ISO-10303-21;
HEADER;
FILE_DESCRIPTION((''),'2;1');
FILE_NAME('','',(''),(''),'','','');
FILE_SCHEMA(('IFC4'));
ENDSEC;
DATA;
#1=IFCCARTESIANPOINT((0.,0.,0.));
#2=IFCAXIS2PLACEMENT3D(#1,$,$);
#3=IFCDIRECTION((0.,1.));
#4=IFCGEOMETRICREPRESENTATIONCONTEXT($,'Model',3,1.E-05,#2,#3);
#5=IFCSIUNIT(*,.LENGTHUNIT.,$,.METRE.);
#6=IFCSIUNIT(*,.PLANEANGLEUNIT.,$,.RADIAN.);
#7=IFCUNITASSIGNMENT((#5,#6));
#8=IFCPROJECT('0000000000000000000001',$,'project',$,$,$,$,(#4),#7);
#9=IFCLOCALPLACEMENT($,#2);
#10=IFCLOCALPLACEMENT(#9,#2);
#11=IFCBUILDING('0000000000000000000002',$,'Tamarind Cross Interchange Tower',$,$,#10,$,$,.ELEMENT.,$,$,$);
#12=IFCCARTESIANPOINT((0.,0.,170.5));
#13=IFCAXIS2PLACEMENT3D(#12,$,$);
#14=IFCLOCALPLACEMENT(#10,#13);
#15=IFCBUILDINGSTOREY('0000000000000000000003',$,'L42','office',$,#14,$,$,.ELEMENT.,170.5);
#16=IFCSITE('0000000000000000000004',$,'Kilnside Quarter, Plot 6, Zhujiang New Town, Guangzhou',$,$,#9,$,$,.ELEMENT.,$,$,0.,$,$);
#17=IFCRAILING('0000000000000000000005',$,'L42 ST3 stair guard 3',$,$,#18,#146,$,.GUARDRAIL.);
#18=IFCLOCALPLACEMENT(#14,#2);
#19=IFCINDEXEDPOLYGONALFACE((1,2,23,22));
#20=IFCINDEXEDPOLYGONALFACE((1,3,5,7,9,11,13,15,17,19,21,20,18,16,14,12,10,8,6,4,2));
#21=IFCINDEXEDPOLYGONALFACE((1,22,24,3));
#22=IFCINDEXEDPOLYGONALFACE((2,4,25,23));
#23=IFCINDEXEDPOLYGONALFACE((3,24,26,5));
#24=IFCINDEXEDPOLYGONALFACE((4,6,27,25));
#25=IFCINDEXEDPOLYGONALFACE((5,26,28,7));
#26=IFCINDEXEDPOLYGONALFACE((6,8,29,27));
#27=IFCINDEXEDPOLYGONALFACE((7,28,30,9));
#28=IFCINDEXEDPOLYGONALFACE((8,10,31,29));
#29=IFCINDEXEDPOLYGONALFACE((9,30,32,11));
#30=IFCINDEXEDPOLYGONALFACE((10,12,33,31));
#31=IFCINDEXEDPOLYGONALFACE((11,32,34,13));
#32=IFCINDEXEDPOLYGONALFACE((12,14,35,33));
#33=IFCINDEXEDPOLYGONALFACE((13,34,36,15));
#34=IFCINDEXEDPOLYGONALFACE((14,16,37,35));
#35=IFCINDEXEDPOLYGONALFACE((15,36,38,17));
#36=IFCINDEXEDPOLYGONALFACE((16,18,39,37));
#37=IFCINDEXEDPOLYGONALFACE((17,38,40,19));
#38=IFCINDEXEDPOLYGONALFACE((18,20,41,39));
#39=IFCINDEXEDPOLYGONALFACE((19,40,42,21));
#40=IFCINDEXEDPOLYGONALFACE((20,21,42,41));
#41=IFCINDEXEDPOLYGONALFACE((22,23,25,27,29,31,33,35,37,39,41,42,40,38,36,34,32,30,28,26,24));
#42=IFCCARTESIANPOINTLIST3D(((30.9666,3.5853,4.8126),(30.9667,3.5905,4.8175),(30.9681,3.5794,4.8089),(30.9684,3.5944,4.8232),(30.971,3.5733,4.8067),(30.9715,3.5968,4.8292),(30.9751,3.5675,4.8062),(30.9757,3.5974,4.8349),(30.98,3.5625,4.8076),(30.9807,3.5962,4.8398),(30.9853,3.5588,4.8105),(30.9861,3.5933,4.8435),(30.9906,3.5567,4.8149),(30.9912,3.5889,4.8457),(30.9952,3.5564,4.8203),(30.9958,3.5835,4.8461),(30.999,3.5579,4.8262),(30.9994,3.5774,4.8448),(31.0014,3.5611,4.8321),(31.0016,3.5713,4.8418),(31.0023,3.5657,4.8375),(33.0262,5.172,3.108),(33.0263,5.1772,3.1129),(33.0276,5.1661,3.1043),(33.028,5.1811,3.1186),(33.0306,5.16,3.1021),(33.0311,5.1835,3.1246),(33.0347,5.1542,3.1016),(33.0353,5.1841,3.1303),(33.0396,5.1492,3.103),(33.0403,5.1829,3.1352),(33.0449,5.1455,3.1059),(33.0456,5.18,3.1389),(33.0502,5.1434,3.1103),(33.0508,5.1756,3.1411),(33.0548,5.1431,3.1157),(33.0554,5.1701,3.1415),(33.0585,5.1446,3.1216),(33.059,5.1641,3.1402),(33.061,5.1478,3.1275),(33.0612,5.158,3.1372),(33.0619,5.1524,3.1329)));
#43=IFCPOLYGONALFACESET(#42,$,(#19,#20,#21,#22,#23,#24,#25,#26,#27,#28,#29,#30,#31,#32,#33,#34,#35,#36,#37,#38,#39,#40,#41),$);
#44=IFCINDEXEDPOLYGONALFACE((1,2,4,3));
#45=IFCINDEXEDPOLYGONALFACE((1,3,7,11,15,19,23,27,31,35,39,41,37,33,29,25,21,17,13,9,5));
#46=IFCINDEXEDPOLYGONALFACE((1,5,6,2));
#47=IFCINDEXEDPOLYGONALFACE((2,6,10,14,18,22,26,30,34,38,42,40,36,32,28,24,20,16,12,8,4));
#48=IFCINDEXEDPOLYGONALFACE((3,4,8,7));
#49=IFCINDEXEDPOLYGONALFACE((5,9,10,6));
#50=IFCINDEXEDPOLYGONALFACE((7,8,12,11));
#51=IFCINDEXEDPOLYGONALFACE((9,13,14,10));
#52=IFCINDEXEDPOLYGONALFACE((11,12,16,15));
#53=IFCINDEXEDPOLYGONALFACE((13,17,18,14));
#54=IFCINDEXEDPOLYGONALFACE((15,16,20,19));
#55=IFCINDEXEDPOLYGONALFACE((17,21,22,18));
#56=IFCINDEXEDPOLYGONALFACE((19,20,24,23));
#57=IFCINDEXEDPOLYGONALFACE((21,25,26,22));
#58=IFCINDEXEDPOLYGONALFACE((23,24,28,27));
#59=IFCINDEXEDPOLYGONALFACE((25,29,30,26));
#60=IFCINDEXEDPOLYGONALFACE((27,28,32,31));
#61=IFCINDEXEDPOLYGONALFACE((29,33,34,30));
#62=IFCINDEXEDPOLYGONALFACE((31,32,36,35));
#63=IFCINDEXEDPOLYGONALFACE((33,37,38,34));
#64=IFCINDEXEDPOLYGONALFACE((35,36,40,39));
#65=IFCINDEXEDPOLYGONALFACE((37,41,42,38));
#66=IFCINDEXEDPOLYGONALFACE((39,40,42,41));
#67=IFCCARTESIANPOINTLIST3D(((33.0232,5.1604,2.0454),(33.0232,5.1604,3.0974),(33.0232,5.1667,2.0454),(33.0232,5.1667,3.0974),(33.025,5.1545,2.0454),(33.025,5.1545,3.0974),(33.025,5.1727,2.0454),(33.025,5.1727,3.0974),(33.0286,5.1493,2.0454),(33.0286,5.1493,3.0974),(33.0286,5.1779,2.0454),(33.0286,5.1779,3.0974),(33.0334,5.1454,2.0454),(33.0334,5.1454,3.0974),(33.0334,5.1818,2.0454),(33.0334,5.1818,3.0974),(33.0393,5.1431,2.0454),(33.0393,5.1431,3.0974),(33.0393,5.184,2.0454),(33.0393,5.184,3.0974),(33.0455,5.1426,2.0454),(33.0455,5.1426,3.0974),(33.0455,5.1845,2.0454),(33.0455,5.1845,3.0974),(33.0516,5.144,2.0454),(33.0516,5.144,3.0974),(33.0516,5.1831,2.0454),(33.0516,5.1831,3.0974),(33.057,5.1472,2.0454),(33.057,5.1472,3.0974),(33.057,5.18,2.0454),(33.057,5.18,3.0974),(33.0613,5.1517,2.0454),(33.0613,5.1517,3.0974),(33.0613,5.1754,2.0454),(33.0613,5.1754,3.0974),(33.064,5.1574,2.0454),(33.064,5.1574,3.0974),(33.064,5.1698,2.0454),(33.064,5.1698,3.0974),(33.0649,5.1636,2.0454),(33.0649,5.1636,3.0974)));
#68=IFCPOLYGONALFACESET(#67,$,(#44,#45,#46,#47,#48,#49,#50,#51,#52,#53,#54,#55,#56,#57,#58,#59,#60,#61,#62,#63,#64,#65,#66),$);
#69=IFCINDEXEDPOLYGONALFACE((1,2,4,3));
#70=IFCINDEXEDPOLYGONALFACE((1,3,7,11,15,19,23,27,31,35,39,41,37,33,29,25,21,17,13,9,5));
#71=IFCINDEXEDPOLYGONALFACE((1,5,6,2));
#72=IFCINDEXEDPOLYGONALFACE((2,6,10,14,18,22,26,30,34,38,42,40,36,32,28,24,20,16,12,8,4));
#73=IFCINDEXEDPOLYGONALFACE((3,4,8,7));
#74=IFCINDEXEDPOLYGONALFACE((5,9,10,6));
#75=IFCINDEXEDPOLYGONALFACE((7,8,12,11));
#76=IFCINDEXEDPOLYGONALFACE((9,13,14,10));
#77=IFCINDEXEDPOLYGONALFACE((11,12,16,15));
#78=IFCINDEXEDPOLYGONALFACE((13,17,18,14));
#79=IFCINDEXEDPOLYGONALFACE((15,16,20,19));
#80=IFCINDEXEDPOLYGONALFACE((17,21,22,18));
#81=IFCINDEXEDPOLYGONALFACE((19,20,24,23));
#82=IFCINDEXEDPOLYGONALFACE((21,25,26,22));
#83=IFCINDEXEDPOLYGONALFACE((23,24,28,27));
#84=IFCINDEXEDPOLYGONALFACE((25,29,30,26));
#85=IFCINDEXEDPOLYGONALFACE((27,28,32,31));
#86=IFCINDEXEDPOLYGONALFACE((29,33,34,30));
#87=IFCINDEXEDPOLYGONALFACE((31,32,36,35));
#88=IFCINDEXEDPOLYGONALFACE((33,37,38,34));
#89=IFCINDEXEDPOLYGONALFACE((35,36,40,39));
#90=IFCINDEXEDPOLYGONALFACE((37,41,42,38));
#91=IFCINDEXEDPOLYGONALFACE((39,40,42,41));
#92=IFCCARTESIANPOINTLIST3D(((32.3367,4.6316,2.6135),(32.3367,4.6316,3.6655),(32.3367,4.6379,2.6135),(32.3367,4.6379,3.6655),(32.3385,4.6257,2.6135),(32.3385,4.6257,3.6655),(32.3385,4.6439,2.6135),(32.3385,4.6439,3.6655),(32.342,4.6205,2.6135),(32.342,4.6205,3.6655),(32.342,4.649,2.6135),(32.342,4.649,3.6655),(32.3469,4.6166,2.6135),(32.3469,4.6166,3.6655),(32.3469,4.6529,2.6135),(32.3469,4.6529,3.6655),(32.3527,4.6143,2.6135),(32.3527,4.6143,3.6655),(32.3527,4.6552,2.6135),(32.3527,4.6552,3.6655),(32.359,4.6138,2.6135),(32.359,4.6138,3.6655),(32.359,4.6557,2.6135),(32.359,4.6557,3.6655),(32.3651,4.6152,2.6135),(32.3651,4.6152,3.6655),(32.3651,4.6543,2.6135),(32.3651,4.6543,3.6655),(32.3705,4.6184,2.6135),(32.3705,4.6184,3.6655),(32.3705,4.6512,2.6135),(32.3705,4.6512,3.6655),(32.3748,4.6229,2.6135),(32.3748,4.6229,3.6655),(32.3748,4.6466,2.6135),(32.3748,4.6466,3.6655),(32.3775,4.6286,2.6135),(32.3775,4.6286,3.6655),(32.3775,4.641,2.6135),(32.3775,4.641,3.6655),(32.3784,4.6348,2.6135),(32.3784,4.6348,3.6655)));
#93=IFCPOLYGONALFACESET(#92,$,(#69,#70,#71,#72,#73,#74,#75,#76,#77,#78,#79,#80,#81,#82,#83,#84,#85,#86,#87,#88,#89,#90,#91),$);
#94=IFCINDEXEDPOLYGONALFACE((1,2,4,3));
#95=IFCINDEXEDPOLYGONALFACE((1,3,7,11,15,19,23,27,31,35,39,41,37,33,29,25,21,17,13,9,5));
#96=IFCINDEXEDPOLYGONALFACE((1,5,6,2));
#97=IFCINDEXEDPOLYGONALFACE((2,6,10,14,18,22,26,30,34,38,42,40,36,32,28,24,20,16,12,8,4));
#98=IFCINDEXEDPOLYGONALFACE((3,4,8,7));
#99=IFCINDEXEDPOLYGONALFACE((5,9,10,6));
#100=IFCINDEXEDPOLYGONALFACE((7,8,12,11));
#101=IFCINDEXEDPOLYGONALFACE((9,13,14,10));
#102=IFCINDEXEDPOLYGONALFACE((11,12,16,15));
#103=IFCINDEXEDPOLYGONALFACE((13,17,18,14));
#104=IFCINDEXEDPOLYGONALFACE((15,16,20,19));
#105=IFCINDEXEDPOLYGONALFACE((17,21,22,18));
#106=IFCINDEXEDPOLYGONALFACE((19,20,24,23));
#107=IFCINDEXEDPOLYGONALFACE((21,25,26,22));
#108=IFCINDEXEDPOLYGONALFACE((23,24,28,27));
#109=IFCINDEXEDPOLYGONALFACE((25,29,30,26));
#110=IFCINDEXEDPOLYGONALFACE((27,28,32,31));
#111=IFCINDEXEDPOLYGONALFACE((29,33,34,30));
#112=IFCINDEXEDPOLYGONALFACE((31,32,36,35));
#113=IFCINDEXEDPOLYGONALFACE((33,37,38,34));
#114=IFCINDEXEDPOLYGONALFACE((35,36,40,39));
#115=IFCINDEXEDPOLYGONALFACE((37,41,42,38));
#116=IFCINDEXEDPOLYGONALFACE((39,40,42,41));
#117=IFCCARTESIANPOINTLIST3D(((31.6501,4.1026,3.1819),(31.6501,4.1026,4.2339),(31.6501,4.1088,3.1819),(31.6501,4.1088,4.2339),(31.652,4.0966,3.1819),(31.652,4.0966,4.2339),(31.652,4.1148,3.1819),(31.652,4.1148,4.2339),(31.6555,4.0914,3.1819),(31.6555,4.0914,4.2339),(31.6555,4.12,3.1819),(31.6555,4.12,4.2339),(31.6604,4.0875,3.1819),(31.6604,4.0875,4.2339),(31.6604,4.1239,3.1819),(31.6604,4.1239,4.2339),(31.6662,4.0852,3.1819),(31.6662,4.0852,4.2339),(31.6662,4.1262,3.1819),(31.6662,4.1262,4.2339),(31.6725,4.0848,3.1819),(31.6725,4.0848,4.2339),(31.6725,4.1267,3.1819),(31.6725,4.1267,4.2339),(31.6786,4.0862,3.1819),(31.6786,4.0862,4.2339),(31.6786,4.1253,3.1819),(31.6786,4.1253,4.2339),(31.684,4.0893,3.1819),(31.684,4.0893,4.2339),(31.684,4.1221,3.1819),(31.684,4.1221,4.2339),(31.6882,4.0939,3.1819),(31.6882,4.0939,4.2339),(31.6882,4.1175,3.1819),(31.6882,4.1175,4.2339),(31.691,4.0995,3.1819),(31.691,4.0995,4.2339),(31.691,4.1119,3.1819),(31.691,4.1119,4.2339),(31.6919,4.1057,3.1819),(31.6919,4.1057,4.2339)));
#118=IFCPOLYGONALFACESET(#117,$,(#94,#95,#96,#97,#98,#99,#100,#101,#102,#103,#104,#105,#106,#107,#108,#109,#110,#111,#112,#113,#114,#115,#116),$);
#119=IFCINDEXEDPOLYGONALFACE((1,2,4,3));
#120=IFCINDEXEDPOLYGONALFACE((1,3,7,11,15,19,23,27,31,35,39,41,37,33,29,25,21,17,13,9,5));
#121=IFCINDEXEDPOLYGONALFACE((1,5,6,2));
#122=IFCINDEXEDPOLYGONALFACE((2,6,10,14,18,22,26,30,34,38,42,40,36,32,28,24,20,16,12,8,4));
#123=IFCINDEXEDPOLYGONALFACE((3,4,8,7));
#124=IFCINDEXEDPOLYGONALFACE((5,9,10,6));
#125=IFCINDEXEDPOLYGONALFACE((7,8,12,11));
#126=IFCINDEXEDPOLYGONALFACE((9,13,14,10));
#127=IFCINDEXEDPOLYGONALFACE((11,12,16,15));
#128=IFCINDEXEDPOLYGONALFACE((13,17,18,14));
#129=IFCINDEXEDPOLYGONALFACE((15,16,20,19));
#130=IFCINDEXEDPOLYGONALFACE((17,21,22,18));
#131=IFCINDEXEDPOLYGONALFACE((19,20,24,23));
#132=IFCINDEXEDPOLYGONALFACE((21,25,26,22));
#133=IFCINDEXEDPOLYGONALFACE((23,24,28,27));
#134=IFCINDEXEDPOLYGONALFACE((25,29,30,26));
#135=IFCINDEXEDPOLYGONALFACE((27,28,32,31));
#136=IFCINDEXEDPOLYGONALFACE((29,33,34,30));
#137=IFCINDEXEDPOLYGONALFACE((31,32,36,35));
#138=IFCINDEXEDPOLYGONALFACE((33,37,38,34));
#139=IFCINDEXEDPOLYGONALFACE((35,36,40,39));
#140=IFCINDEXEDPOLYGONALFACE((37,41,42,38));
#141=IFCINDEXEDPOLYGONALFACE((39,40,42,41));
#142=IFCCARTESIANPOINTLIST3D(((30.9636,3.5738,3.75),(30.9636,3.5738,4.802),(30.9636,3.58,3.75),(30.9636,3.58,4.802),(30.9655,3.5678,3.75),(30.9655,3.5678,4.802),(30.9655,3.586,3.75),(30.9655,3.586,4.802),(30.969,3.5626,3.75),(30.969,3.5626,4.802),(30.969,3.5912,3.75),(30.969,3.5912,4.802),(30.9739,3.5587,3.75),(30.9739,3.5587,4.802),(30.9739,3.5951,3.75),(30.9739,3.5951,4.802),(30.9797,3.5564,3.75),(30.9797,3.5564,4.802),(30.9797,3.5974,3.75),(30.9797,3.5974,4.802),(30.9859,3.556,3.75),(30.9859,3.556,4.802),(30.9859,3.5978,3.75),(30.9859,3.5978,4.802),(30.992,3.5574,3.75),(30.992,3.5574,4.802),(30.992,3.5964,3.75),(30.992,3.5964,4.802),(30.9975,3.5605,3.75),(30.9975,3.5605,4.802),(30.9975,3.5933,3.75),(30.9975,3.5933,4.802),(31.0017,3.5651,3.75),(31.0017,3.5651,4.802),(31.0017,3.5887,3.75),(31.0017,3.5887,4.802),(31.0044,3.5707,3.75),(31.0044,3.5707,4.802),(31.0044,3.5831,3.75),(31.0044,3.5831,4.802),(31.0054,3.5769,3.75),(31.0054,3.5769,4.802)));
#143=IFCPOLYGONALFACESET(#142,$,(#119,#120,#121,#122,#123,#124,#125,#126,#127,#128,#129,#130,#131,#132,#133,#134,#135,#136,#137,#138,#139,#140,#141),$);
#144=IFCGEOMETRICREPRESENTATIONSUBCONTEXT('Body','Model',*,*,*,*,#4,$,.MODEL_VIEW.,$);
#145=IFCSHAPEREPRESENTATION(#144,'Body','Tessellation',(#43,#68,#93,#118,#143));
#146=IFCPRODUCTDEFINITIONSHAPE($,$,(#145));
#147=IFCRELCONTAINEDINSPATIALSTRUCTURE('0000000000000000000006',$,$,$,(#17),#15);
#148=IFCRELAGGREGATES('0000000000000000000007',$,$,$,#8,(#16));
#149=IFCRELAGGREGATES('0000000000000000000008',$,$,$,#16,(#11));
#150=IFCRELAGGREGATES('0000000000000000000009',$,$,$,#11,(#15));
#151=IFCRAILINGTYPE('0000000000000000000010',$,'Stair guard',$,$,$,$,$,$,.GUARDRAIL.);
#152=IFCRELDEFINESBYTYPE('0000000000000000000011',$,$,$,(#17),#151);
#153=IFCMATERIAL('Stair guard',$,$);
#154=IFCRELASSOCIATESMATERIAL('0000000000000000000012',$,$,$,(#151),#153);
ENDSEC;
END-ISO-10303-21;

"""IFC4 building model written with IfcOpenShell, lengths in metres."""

from ifc_helpers import new_model, si_unit, direction, frame, origin, origin_2d, place, context, subcontext, project, spatial, circle, extrude, material, type_object, element, save


model = new_model("IFC4")

# Units and contexts
model_context = context("Model", 3, precision=1e-05, world=origin(), true_north=direction((0.0, 1.0)))
body_context = subcontext(model_context, "Body", "Model", "MODEL_VIEW")
ifc_project = project(units=[si_unit("LENGTHUNIT", "METRE"), si_unit("PLANEANGLEUNIT", "RADIAN")], contexts=[model_context])

# Site, building, storey
site_placement = place(None, origin())
site = spatial("IfcSite", under=ifc_project, at=site_placement, Name="Kilnside Quarter, Plot 6, Zhujiang New Town, Guangzhou", CompositionType="ELEMENT", RefElevation=0.0)
building_placement = place(site_placement, origin())
building = spatial("IfcBuilding", under=site, at=building_placement, Name="Tamarind Cross Interchange Tower", CompositionType="ELEMENT")
storey_placement = place(building_placement, frame((0.0, 0.0, 170.5)))
storey = spatial("IfcBuildingStorey", under=building, at=storey_placement, Name="L42", Description="office", CompositionType="ELEMENT", Elevation=170.5)

# Railing
ifc_material_1 = material(Name="Stair guard")
railing_type_1 = type_object("IfcRailingType", Name="Stair guard", PredefinedType="GUARDRAIL", material=ifc_material_1)
railing_1_placement = place(storey_placement, frame((33.0439, 5.1636, 2.0454)))
element("IfcRailing", 1, at=railing_1_placement, inside=storey, type_object=railing_type_1, Name="L42 ST3 stair guard 3", PredefinedType="GUARDRAIL", context=body_context, shape_type="SweptSolid", body=[
    extrude(circle(Radius=0.0239, at=origin_2d()), frame((0.0, 0.0, 1.0762), z_axis=(-0.662485, -0.510371, 0.548302), x_axis=(0.610287, -0.79218, 0.0)), (0.0, 0.0, 1.0), 3.1089),
    extrude(circle(Radius=0.021, at=origin_2d()), origin(), (0.0, 0.0, 1.0), 1.052),
    extrude(circle(Radius=0.021, at=origin_2d()), frame((-0.6865, -0.5288, 0.5681)), (0.0, 0.0, 1.0), 1.052),
    extrude(circle(Radius=0.021, at=origin_2d()), frame((-1.373, -1.0579, 1.1365)), (0.0, 0.0, 1.0), 1.052),
    extrude(circle(Radius=0.021, at=origin_2d()), frame((-2.0596, -1.5867, 1.7046)), (0.0, 0.0, 1.0), 1.052),
])

save(model, "model.ifc")
